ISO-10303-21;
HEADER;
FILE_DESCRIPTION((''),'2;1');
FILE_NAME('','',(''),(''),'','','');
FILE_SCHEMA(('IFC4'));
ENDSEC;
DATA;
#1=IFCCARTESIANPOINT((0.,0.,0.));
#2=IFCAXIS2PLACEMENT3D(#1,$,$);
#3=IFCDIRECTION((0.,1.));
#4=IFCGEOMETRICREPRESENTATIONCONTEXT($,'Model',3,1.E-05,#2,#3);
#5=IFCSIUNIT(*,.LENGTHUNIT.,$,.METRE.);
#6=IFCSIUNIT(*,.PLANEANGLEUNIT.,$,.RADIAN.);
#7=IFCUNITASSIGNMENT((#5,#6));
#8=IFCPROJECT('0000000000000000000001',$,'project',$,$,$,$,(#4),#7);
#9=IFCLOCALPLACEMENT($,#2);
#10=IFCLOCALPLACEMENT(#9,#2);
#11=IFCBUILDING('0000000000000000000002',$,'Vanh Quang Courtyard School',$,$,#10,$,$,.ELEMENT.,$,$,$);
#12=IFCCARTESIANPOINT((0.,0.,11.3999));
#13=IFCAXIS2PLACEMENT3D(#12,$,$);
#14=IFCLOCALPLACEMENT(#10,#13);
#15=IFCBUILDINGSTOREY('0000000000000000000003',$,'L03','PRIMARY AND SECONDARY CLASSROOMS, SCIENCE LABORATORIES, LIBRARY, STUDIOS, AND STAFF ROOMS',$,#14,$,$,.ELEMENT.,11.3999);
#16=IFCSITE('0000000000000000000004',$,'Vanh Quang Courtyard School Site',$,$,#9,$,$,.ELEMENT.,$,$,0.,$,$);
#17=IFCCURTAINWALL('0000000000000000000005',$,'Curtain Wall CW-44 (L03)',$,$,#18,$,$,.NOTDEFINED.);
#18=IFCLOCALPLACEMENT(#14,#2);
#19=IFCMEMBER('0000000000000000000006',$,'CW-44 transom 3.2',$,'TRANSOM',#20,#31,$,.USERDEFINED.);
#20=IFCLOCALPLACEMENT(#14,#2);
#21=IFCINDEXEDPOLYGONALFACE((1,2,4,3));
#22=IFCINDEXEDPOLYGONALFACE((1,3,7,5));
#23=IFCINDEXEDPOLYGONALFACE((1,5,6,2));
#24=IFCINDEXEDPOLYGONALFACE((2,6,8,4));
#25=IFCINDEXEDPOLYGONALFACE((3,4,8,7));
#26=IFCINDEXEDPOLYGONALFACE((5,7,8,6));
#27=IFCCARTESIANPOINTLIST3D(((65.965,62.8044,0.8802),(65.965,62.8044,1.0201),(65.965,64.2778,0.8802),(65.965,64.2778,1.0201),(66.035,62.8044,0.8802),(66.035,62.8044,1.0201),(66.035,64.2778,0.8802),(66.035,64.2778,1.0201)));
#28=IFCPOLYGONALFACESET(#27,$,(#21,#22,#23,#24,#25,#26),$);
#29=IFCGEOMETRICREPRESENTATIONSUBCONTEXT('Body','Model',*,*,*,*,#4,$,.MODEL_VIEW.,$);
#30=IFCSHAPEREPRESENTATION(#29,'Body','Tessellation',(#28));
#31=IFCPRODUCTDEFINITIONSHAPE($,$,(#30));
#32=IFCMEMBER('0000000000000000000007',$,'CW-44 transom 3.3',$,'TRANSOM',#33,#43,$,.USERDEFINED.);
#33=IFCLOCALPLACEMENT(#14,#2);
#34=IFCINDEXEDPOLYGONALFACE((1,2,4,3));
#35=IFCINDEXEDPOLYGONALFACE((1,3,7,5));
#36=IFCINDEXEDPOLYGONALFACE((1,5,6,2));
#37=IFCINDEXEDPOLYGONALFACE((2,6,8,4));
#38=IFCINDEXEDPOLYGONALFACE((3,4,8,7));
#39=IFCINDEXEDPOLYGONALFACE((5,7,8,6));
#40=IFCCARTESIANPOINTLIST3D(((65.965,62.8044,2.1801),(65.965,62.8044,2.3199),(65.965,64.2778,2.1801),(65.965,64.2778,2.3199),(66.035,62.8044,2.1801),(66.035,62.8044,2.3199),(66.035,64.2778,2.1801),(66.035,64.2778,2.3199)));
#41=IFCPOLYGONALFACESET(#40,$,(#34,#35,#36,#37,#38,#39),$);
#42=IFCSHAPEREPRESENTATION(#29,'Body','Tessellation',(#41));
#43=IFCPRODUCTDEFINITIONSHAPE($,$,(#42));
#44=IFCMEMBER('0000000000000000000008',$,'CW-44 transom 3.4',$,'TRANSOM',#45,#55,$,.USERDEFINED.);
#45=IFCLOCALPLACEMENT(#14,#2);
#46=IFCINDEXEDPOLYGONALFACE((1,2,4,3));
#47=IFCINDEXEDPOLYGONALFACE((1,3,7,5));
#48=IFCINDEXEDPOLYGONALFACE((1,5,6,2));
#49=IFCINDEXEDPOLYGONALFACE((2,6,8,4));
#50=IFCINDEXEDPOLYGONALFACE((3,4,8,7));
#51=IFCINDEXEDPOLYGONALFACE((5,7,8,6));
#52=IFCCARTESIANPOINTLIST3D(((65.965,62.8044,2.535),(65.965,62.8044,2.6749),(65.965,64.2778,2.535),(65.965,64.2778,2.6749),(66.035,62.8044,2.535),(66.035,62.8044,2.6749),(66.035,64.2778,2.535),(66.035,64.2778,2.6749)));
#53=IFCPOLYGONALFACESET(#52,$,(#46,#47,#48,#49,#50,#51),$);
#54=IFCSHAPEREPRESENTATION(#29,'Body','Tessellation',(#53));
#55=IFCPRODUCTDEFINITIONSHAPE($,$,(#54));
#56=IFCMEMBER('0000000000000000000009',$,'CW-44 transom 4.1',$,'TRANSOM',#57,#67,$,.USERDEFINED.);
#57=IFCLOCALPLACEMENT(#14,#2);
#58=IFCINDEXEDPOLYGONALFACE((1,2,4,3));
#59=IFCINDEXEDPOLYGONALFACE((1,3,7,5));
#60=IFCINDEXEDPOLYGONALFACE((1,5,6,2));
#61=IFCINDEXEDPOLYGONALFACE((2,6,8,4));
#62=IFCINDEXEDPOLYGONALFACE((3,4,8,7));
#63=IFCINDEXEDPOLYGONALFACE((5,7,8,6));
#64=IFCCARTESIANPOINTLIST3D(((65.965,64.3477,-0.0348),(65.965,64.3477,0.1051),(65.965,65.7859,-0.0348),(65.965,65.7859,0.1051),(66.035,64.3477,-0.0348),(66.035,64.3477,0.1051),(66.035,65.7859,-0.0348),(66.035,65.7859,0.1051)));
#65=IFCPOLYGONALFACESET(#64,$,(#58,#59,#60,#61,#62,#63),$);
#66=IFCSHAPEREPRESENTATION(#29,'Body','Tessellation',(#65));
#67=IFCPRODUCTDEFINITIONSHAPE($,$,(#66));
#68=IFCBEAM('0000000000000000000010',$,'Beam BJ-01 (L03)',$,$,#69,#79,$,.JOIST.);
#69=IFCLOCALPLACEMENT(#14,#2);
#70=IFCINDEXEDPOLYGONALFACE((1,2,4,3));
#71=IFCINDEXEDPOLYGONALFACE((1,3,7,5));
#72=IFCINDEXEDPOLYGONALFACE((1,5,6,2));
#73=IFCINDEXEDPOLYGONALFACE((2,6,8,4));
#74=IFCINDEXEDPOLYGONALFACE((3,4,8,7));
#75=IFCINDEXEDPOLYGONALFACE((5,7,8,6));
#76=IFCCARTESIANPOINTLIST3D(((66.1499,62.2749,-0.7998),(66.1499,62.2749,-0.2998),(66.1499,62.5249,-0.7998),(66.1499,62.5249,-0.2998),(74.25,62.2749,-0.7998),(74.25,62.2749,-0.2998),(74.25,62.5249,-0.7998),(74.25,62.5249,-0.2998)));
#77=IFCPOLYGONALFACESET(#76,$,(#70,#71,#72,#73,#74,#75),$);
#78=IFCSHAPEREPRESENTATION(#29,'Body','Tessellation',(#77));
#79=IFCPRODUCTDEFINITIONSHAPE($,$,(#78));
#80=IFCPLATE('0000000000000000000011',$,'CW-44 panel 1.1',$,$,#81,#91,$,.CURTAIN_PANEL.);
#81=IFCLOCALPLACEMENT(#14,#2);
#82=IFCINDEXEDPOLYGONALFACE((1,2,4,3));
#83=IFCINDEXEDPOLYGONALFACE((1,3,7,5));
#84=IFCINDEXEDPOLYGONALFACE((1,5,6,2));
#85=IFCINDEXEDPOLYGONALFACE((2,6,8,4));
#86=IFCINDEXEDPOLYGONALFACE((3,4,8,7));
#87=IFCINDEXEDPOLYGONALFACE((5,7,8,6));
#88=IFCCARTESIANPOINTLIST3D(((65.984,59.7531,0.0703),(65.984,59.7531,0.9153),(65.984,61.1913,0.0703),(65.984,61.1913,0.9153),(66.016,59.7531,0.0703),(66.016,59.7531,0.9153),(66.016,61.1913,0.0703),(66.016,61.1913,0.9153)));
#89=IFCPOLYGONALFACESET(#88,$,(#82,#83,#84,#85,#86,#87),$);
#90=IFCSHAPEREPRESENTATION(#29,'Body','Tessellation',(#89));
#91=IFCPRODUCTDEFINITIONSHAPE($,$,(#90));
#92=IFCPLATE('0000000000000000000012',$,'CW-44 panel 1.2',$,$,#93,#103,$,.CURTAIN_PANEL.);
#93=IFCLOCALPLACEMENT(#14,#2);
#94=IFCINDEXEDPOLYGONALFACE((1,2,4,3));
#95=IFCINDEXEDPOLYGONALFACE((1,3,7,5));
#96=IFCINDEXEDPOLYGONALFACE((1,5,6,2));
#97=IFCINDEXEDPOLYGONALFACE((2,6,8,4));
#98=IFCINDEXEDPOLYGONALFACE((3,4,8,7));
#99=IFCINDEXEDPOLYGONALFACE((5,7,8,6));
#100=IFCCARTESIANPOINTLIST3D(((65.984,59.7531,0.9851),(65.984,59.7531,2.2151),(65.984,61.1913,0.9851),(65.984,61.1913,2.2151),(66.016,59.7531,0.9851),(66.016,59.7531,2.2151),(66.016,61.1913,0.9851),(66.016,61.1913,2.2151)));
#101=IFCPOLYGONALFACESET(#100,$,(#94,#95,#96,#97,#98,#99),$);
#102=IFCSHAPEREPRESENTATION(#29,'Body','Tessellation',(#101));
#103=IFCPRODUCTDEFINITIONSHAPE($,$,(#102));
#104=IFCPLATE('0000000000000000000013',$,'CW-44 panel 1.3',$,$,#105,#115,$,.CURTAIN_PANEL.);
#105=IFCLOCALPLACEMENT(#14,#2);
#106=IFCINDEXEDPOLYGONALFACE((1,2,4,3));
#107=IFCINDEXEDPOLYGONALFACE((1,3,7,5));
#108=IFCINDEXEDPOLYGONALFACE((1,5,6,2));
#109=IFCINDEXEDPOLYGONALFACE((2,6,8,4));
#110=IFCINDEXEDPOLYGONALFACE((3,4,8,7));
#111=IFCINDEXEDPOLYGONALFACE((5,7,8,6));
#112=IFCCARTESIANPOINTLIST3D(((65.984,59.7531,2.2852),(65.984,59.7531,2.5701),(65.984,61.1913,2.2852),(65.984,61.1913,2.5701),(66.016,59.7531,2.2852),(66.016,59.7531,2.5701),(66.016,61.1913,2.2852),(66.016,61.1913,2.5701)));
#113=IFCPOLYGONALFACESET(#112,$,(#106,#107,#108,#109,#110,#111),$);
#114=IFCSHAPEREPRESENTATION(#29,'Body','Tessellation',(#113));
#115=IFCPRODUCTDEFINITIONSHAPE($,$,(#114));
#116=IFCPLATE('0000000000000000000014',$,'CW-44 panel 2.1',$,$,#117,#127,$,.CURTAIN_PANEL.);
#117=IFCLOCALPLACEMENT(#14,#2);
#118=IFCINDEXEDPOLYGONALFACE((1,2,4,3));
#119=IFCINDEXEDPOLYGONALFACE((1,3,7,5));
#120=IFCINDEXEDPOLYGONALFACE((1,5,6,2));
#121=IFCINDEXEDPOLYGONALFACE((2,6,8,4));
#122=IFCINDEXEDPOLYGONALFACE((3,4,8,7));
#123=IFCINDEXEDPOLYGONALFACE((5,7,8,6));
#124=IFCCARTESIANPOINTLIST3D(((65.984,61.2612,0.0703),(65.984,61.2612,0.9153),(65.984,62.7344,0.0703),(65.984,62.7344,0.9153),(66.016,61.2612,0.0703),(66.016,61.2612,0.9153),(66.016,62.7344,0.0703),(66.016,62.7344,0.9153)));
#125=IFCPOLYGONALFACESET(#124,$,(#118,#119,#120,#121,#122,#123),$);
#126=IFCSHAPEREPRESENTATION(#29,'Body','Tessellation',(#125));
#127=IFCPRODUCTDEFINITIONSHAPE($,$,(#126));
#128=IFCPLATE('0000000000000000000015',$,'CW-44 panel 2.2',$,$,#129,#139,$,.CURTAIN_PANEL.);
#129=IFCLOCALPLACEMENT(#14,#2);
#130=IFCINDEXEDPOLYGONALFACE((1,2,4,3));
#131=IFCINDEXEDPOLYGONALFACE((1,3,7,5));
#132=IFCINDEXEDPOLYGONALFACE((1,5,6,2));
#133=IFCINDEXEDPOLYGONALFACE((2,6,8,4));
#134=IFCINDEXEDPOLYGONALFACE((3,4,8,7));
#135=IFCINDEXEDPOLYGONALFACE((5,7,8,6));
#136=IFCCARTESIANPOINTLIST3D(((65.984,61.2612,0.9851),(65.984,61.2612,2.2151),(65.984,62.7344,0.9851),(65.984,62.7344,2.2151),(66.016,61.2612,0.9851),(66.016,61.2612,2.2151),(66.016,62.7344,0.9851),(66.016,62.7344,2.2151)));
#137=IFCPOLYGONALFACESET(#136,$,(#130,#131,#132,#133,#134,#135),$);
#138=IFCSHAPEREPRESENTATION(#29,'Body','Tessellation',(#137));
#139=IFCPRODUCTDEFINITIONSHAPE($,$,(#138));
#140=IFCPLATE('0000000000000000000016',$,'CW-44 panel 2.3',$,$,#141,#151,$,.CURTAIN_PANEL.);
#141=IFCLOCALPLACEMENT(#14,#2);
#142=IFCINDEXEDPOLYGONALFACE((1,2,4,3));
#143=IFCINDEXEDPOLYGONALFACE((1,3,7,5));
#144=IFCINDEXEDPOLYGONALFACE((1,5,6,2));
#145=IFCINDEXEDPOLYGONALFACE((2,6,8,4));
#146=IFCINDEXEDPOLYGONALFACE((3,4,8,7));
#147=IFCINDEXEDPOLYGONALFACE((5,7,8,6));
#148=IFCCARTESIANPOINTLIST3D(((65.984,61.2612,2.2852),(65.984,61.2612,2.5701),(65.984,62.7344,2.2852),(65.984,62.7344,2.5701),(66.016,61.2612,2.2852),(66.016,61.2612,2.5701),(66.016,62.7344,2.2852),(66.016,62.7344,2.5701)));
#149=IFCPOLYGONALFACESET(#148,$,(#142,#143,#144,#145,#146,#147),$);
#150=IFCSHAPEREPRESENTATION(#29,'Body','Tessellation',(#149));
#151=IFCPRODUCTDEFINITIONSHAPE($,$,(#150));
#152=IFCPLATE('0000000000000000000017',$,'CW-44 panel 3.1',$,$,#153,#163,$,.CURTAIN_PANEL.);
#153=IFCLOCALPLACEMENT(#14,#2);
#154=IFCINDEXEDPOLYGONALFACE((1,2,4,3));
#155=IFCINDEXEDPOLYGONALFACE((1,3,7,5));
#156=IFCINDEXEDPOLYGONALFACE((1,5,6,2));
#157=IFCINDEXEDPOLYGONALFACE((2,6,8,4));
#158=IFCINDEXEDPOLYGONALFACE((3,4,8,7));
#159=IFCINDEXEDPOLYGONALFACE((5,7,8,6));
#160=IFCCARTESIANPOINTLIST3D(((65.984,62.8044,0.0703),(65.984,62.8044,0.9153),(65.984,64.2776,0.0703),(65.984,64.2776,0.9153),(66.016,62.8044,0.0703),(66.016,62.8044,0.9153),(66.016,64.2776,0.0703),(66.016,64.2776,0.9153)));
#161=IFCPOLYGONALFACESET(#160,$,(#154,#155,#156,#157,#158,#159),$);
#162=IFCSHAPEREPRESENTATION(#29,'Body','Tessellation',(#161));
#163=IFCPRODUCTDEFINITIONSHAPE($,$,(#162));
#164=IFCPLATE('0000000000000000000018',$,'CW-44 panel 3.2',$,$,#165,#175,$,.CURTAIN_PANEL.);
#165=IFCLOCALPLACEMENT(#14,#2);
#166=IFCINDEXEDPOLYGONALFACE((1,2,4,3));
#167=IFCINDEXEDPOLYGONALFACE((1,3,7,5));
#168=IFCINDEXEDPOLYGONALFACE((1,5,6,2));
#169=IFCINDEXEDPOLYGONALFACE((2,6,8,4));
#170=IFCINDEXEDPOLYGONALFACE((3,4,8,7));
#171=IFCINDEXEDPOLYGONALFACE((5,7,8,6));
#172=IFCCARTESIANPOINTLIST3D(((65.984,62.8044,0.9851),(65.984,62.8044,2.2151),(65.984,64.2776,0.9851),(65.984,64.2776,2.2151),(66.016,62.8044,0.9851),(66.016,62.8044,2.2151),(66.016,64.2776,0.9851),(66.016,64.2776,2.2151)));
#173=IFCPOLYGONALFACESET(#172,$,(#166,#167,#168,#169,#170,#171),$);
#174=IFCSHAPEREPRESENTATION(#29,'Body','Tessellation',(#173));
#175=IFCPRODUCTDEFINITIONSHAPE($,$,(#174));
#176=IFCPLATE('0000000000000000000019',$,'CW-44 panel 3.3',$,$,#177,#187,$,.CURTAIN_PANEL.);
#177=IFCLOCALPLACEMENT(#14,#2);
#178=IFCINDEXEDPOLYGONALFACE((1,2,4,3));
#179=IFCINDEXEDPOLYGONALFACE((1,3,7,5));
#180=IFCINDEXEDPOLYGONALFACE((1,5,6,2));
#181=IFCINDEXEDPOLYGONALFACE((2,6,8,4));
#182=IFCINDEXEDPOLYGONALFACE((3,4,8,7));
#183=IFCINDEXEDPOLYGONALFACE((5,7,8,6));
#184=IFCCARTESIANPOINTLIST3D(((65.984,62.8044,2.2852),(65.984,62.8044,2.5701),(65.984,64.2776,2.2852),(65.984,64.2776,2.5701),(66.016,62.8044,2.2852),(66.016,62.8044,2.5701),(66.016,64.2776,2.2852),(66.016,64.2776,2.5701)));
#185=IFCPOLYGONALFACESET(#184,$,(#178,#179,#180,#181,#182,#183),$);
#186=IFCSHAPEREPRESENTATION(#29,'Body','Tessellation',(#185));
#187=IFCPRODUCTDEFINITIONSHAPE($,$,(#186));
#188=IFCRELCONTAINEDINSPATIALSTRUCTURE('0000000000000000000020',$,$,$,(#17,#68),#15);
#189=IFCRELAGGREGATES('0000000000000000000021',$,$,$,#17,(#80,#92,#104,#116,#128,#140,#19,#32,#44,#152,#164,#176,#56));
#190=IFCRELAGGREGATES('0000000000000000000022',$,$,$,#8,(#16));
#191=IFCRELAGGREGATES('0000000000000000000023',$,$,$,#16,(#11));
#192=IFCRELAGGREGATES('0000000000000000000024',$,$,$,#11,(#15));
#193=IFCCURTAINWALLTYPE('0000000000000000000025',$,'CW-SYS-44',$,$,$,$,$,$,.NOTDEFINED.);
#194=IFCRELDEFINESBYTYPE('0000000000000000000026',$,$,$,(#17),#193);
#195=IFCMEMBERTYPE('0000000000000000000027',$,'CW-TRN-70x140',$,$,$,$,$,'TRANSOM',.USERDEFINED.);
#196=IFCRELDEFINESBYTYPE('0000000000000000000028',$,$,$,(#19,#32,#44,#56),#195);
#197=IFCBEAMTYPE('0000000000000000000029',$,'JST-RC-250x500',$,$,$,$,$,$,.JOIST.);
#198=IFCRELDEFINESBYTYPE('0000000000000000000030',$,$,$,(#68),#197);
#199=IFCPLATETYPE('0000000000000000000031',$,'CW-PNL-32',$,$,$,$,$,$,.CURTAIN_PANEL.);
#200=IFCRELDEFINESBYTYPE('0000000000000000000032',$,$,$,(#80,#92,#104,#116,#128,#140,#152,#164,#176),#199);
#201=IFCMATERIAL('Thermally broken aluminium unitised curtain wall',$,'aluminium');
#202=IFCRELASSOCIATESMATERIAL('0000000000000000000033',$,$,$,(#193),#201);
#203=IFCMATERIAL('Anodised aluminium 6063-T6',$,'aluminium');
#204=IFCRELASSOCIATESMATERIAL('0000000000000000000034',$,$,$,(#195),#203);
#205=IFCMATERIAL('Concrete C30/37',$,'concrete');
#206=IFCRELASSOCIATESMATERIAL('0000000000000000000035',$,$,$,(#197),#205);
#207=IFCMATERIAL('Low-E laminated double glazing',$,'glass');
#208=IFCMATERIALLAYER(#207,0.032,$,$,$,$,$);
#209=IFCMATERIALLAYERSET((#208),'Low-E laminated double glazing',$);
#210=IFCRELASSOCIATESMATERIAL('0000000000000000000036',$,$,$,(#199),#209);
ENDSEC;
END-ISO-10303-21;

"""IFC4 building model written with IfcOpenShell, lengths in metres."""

from ifc_helpers import new_model, si_unit, direction, frame, origin, origin_2d, place, context, subcontext, project, spatial, rectangle, extrude, material, layer, layer_set, material_profile, profile_set, type_object, element, aggregate, save


model = new_model("IFC4")

# Units and contexts
model_context = context("Model", 3, precision=1e-05, world=origin(), true_north=direction((0.0, 1.0)))
body_context = subcontext(model_context, "Body", "Model", "MODEL_VIEW")
ifc_project = project(units=[si_unit("LENGTHUNIT", "METRE"), si_unit("PLANEANGLEUNIT", "RADIAN")], contexts=[model_context])

# Site, building, storey
site_placement = place(None, origin())
site = spatial("IfcSite", under=ifc_project, at=site_placement, Name="Vanh Quang Courtyard School Site", CompositionType="ELEMENT", RefElevation=0.0)
building_placement = place(site_placement, origin())
building = spatial("IfcBuilding", under=site, at=building_placement, Name="Vanh Quang Courtyard School", CompositionType="ELEMENT")
storey_placement = place(building_placement, frame((0.0, 0.0, 11.3999)))
storey = spatial("IfcBuildingStorey", under=building, at=storey_placement, Name="L03", Description="PRIMARY AND SECONDARY CLASSROOMS, SCIENCE LABORATORIES, LIBRARY, STUDIOS, AND STAFF ROOMS", CompositionType="ELEMENT", Elevation=11.3999)

# Curtain wall, members
ifc_material_1 = material(Name="Thermally broken aluminium unitised curtain wall", Category="aluminium")
curtain_wall_type = type_object("IfcCurtainWallType", Name="CW-SYS-44", PredefinedType="NOTDEFINED", material=ifc_material_1)
curtain_wall_placement = place(storey_placement, origin())
curtain_wall = element("IfcCurtainWall", 1, at=curtain_wall_placement, inside=storey, type_object=curtain_wall_type, Name="Curtain Wall CW-44 (L03)", PredefinedType="NOTDEFINED")
ifc_material_2 = material(Name="Anodised aluminium 6063-T6", Category="aluminium")
ifc_material_profile_1 = material_profile(ifc_material_2, rectangle(XDim=0.0701, YDim=0.1399, at=origin_2d()), Name="ALU-TRN 70x140")
ifc_profile_set_1 = profile_set([ifc_material_profile_1], Name="Anodised aluminium 6063-T6")
member_type_1 = type_object("IfcMemberType", Name="CW-TRN-70x140", ElementType="TRANSOM", PredefinedType="USERDEFINED", material=ifc_profile_set_1)
member_1_placement = place(storey_placement, frame((66.0, 62.8044, 0.9502), z_axis=(0.0, 1.0, 0.0), x_axis=(-1.0, 0.0, 0.0)))
member_1 = element("IfcMember", 2, at=member_1_placement, type_object=member_type_1, Name="CW-44 transom 3.2", ObjectType="TRANSOM", PredefinedType="USERDEFINED", context=body_context, shape_type="SweptSolid", body=[
    extrude(rectangle(XDim=0.0701, YDim=0.1399, at=origin_2d()), origin(), (0.0, 0.0, 1.0), 1.4734),
])
member_2_placement = place(storey_placement, frame((66.0, 62.8044, 2.25), z_axis=(0.0, 1.0, 0.0), x_axis=(-1.0, 0.0, 0.0)))
member_2 = element("IfcMember", 3, at=member_2_placement, type_object=member_type_1, Name="CW-44 transom 3.3", ObjectType="TRANSOM", PredefinedType="USERDEFINED", context=body_context, shape_type="SweptSolid", body=[
    extrude(rectangle(XDim=0.0701, YDim=0.1399, at=origin_2d()), origin(), (0.0, 0.0, 1.0), 1.4734),
])
member_3_placement = place(storey_placement, frame((66.0, 62.8044, 2.605), z_axis=(0.0, 1.0, 0.0), x_axis=(-1.0, 0.0, 0.0)))
member_3 = element("IfcMember", 4, at=member_3_placement, type_object=member_type_1, Name="CW-44 transom 3.4", ObjectType="TRANSOM", PredefinedType="USERDEFINED", context=body_context, shape_type="SweptSolid", body=[
    extrude(rectangle(XDim=0.0701, YDim=0.1399, at=origin_2d()), origin(), (0.0, 0.0, 1.0), 1.4734),
])
member_4_placement = place(storey_placement, frame((66.0, 64.3477, 0.0352), z_axis=(0.0, 1.0, 0.0), x_axis=(-1.0, 0.0, 0.0)))
member_4 = element("IfcMember", 5, at=member_4_placement, type_object=member_type_1, Name="CW-44 transom 4.1", ObjectType="TRANSOM", PredefinedType="USERDEFINED", context=body_context, shape_type="SweptSolid", body=[
    extrude(rectangle(XDim=0.0701, YDim=0.1399, at=origin_2d()), origin(), (0.0, 0.0, 1.0), 1.4382),
])

# Beam
ifc_material_3 = material(Name="Concrete C30/37", Category="concrete")
ifc_material_profile_2 = material_profile(ifc_material_3, rectangle(XDim=0.25, YDim=0.5, at=origin_2d()), Name="RC-JST 250x500")
ifc_profile_set_2 = profile_set([ifc_material_profile_2], Name="Concrete C30/37")
beam_type_1 = type_object("IfcBeamType", Name="JST-RC-250x500", PredefinedType="JOIST", material=ifc_profile_set_2)
beam_1_placement = place(storey_placement, frame((66.1499, 62.3999, -0.5498), z_axis=(1.0, 0.0, 0.0), x_axis=(0.0, 1.0, 0.0)))
element("IfcBeam", 6, at=beam_1_placement, inside=storey, type_object=beam_type_1, Name="Beam BJ-01 (L03)", PredefinedType="JOIST", context=body_context, shape_type="SweptSolid", body=[
    extrude(rectangle(XDim=0.25, YDim=0.5, at=origin_2d()), origin(), (0.0, 0.0, 1.0), 8.1001),
])

# Plates
ifc_material_4 = material(Name="Low-E laminated double glazing", Category="glass")
ifc_layer = layer(ifc_material_4, 0.032)
ifc_layer_set = layer_set([ifc_layer], Name="Low-E laminated double glazing")
plate_type = type_object("IfcPlateType", Name="CW-PNL-32", PredefinedType="CURTAIN_PANEL", material=ifc_layer_set)
plate_1_placement = place(storey_placement, frame((66.0, 60.4722, 0.0703), z_axis=(0.0, 0.0, 1.0), x_axis=(0.0, 1.0, 0.0)))
plate_1 = element("IfcPlate", 7, at=plate_1_placement, type_object=plate_type, Name="CW-44 panel 1.1", PredefinedType="CURTAIN_PANEL", context=body_context, shape_type="SweptSolid", body=[
    extrude(rectangle(XDim=1.4382, YDim=0.032, at=origin_2d()), origin(), (0.0, 0.0, 1.0), 0.845),
])
plate_2_placement = place(storey_placement, frame((66.0, 60.4722, 0.9851), z_axis=(0.0, 0.0, 1.0), x_axis=(0.0, 1.0, 0.0)))
plate_2 = element("IfcPlate", 8, at=plate_2_placement, type_object=plate_type, Name="CW-44 panel 1.2", PredefinedType="CURTAIN_PANEL", context=body_context, shape_type="SweptSolid", body=[
    extrude(rectangle(XDim=1.4382, YDim=0.032, at=origin_2d()), origin(), (0.0, 0.0, 1.0), 1.23),
])
plate_3_placement = place(storey_placement, frame((66.0, 60.4722, 2.2852), z_axis=(0.0, 0.0, 1.0), x_axis=(0.0, 1.0, 0.0)))
plate_3 = element("IfcPlate", 9, at=plate_3_placement, type_object=plate_type, Name="CW-44 panel 1.3", PredefinedType="CURTAIN_PANEL", context=body_context, shape_type="SweptSolid", body=[
    extrude(rectangle(XDim=1.4382, YDim=0.032, at=origin_2d()), origin(), (0.0, 0.0, 1.0), 0.2849),
])
plate_4_placement = place(storey_placement, frame((66.0, 61.9978, 0.0703), z_axis=(0.0, 0.0, 1.0), x_axis=(0.0, 1.0, 0.0)))
plate_4 = element("IfcPlate", 10, at=plate_4_placement, type_object=plate_type, Name="CW-44 panel 2.1", PredefinedType="CURTAIN_PANEL", context=body_context, shape_type="SweptSolid", body=[
    extrude(rectangle(XDim=1.4731, YDim=0.032, at=origin_2d()), origin(), (0.0, 0.0, 1.0), 0.845),
])
plate_5_placement = place(storey_placement, frame((66.0, 61.9978, 0.9851), z_axis=(0.0, 0.0, 1.0), x_axis=(0.0, 1.0, 0.0)))
plate_5 = element("IfcPlate", 11, at=plate_5_placement, type_object=plate_type, Name="CW-44 panel 2.2", PredefinedType="CURTAIN_PANEL", context=body_context, shape_type="SweptSolid", body=[
    extrude(rectangle(XDim=1.4731, YDim=0.032, at=origin_2d()), origin(), (0.0, 0.0, 1.0), 1.23),
])
plate_6_placement = place(storey_placement, frame((66.0, 61.9978, 2.2852), z_axis=(0.0, 0.0, 1.0), x_axis=(0.0, 1.0, 0.0)))
plate_6 = element("IfcPlate", 12, at=plate_6_placement, type_object=plate_type, Name="CW-44 panel 2.3", PredefinedType="CURTAIN_PANEL", context=body_context, shape_type="SweptSolid", body=[
    extrude(rectangle(XDim=1.4731, YDim=0.032, at=origin_2d()), origin(), (0.0, 0.0, 1.0), 0.2849),
])
plate_7_placement = place(storey_placement, frame((66.0, 63.541, 0.0703), z_axis=(0.0, 0.0, 1.0), x_axis=(0.0, 1.0, 0.0)))
plate_7 = element("IfcPlate", 13, at=plate_7_placement, type_object=plate_type, Name="CW-44 panel 3.1", PredefinedType="CURTAIN_PANEL", context=body_context, shape_type="SweptSolid", body=[
    extrude(rectangle(XDim=1.4731, YDim=0.032, at=origin_2d()), origin(), (0.0, 0.0, 1.0), 0.845),
])
plate_8_placement = place(storey_placement, frame((66.0, 63.541, 0.9851), z_axis=(0.0, 0.0, 1.0), x_axis=(0.0, 1.0, 0.0)))
plate_8 = element("IfcPlate", 14, at=plate_8_placement, type_object=plate_type, Name="CW-44 panel 3.2", PredefinedType="CURTAIN_PANEL", context=body_context, shape_type="SweptSolid", body=[
    extrude(rectangle(XDim=1.4731, YDim=0.032, at=origin_2d()), origin(), (0.0, 0.0, 1.0), 1.23),
])
plate_9_placement = place(storey_placement, frame((66.0, 63.541, 2.2852), z_axis=(0.0, 0.0, 1.0), x_axis=(0.0, 1.0, 0.0)))
plate_9 = element("IfcPlate", 15, at=plate_9_placement, type_object=plate_type, Name="CW-44 panel 3.3", PredefinedType="CURTAIN_PANEL", context=body_context, shape_type="SweptSolid", body=[
    extrude(rectangle(XDim=1.4731, YDim=0.032, at=origin_2d()), origin(), (0.0, 0.0, 1.0), 0.2849),
])
aggregate(curtain_wall, [plate_1, plate_2, plate_3, plate_4, plate_5, plate_6, member_1, member_2, member_3, plate_7, plate_8, plate_9, member_4])

save(model, "model.ifc")
